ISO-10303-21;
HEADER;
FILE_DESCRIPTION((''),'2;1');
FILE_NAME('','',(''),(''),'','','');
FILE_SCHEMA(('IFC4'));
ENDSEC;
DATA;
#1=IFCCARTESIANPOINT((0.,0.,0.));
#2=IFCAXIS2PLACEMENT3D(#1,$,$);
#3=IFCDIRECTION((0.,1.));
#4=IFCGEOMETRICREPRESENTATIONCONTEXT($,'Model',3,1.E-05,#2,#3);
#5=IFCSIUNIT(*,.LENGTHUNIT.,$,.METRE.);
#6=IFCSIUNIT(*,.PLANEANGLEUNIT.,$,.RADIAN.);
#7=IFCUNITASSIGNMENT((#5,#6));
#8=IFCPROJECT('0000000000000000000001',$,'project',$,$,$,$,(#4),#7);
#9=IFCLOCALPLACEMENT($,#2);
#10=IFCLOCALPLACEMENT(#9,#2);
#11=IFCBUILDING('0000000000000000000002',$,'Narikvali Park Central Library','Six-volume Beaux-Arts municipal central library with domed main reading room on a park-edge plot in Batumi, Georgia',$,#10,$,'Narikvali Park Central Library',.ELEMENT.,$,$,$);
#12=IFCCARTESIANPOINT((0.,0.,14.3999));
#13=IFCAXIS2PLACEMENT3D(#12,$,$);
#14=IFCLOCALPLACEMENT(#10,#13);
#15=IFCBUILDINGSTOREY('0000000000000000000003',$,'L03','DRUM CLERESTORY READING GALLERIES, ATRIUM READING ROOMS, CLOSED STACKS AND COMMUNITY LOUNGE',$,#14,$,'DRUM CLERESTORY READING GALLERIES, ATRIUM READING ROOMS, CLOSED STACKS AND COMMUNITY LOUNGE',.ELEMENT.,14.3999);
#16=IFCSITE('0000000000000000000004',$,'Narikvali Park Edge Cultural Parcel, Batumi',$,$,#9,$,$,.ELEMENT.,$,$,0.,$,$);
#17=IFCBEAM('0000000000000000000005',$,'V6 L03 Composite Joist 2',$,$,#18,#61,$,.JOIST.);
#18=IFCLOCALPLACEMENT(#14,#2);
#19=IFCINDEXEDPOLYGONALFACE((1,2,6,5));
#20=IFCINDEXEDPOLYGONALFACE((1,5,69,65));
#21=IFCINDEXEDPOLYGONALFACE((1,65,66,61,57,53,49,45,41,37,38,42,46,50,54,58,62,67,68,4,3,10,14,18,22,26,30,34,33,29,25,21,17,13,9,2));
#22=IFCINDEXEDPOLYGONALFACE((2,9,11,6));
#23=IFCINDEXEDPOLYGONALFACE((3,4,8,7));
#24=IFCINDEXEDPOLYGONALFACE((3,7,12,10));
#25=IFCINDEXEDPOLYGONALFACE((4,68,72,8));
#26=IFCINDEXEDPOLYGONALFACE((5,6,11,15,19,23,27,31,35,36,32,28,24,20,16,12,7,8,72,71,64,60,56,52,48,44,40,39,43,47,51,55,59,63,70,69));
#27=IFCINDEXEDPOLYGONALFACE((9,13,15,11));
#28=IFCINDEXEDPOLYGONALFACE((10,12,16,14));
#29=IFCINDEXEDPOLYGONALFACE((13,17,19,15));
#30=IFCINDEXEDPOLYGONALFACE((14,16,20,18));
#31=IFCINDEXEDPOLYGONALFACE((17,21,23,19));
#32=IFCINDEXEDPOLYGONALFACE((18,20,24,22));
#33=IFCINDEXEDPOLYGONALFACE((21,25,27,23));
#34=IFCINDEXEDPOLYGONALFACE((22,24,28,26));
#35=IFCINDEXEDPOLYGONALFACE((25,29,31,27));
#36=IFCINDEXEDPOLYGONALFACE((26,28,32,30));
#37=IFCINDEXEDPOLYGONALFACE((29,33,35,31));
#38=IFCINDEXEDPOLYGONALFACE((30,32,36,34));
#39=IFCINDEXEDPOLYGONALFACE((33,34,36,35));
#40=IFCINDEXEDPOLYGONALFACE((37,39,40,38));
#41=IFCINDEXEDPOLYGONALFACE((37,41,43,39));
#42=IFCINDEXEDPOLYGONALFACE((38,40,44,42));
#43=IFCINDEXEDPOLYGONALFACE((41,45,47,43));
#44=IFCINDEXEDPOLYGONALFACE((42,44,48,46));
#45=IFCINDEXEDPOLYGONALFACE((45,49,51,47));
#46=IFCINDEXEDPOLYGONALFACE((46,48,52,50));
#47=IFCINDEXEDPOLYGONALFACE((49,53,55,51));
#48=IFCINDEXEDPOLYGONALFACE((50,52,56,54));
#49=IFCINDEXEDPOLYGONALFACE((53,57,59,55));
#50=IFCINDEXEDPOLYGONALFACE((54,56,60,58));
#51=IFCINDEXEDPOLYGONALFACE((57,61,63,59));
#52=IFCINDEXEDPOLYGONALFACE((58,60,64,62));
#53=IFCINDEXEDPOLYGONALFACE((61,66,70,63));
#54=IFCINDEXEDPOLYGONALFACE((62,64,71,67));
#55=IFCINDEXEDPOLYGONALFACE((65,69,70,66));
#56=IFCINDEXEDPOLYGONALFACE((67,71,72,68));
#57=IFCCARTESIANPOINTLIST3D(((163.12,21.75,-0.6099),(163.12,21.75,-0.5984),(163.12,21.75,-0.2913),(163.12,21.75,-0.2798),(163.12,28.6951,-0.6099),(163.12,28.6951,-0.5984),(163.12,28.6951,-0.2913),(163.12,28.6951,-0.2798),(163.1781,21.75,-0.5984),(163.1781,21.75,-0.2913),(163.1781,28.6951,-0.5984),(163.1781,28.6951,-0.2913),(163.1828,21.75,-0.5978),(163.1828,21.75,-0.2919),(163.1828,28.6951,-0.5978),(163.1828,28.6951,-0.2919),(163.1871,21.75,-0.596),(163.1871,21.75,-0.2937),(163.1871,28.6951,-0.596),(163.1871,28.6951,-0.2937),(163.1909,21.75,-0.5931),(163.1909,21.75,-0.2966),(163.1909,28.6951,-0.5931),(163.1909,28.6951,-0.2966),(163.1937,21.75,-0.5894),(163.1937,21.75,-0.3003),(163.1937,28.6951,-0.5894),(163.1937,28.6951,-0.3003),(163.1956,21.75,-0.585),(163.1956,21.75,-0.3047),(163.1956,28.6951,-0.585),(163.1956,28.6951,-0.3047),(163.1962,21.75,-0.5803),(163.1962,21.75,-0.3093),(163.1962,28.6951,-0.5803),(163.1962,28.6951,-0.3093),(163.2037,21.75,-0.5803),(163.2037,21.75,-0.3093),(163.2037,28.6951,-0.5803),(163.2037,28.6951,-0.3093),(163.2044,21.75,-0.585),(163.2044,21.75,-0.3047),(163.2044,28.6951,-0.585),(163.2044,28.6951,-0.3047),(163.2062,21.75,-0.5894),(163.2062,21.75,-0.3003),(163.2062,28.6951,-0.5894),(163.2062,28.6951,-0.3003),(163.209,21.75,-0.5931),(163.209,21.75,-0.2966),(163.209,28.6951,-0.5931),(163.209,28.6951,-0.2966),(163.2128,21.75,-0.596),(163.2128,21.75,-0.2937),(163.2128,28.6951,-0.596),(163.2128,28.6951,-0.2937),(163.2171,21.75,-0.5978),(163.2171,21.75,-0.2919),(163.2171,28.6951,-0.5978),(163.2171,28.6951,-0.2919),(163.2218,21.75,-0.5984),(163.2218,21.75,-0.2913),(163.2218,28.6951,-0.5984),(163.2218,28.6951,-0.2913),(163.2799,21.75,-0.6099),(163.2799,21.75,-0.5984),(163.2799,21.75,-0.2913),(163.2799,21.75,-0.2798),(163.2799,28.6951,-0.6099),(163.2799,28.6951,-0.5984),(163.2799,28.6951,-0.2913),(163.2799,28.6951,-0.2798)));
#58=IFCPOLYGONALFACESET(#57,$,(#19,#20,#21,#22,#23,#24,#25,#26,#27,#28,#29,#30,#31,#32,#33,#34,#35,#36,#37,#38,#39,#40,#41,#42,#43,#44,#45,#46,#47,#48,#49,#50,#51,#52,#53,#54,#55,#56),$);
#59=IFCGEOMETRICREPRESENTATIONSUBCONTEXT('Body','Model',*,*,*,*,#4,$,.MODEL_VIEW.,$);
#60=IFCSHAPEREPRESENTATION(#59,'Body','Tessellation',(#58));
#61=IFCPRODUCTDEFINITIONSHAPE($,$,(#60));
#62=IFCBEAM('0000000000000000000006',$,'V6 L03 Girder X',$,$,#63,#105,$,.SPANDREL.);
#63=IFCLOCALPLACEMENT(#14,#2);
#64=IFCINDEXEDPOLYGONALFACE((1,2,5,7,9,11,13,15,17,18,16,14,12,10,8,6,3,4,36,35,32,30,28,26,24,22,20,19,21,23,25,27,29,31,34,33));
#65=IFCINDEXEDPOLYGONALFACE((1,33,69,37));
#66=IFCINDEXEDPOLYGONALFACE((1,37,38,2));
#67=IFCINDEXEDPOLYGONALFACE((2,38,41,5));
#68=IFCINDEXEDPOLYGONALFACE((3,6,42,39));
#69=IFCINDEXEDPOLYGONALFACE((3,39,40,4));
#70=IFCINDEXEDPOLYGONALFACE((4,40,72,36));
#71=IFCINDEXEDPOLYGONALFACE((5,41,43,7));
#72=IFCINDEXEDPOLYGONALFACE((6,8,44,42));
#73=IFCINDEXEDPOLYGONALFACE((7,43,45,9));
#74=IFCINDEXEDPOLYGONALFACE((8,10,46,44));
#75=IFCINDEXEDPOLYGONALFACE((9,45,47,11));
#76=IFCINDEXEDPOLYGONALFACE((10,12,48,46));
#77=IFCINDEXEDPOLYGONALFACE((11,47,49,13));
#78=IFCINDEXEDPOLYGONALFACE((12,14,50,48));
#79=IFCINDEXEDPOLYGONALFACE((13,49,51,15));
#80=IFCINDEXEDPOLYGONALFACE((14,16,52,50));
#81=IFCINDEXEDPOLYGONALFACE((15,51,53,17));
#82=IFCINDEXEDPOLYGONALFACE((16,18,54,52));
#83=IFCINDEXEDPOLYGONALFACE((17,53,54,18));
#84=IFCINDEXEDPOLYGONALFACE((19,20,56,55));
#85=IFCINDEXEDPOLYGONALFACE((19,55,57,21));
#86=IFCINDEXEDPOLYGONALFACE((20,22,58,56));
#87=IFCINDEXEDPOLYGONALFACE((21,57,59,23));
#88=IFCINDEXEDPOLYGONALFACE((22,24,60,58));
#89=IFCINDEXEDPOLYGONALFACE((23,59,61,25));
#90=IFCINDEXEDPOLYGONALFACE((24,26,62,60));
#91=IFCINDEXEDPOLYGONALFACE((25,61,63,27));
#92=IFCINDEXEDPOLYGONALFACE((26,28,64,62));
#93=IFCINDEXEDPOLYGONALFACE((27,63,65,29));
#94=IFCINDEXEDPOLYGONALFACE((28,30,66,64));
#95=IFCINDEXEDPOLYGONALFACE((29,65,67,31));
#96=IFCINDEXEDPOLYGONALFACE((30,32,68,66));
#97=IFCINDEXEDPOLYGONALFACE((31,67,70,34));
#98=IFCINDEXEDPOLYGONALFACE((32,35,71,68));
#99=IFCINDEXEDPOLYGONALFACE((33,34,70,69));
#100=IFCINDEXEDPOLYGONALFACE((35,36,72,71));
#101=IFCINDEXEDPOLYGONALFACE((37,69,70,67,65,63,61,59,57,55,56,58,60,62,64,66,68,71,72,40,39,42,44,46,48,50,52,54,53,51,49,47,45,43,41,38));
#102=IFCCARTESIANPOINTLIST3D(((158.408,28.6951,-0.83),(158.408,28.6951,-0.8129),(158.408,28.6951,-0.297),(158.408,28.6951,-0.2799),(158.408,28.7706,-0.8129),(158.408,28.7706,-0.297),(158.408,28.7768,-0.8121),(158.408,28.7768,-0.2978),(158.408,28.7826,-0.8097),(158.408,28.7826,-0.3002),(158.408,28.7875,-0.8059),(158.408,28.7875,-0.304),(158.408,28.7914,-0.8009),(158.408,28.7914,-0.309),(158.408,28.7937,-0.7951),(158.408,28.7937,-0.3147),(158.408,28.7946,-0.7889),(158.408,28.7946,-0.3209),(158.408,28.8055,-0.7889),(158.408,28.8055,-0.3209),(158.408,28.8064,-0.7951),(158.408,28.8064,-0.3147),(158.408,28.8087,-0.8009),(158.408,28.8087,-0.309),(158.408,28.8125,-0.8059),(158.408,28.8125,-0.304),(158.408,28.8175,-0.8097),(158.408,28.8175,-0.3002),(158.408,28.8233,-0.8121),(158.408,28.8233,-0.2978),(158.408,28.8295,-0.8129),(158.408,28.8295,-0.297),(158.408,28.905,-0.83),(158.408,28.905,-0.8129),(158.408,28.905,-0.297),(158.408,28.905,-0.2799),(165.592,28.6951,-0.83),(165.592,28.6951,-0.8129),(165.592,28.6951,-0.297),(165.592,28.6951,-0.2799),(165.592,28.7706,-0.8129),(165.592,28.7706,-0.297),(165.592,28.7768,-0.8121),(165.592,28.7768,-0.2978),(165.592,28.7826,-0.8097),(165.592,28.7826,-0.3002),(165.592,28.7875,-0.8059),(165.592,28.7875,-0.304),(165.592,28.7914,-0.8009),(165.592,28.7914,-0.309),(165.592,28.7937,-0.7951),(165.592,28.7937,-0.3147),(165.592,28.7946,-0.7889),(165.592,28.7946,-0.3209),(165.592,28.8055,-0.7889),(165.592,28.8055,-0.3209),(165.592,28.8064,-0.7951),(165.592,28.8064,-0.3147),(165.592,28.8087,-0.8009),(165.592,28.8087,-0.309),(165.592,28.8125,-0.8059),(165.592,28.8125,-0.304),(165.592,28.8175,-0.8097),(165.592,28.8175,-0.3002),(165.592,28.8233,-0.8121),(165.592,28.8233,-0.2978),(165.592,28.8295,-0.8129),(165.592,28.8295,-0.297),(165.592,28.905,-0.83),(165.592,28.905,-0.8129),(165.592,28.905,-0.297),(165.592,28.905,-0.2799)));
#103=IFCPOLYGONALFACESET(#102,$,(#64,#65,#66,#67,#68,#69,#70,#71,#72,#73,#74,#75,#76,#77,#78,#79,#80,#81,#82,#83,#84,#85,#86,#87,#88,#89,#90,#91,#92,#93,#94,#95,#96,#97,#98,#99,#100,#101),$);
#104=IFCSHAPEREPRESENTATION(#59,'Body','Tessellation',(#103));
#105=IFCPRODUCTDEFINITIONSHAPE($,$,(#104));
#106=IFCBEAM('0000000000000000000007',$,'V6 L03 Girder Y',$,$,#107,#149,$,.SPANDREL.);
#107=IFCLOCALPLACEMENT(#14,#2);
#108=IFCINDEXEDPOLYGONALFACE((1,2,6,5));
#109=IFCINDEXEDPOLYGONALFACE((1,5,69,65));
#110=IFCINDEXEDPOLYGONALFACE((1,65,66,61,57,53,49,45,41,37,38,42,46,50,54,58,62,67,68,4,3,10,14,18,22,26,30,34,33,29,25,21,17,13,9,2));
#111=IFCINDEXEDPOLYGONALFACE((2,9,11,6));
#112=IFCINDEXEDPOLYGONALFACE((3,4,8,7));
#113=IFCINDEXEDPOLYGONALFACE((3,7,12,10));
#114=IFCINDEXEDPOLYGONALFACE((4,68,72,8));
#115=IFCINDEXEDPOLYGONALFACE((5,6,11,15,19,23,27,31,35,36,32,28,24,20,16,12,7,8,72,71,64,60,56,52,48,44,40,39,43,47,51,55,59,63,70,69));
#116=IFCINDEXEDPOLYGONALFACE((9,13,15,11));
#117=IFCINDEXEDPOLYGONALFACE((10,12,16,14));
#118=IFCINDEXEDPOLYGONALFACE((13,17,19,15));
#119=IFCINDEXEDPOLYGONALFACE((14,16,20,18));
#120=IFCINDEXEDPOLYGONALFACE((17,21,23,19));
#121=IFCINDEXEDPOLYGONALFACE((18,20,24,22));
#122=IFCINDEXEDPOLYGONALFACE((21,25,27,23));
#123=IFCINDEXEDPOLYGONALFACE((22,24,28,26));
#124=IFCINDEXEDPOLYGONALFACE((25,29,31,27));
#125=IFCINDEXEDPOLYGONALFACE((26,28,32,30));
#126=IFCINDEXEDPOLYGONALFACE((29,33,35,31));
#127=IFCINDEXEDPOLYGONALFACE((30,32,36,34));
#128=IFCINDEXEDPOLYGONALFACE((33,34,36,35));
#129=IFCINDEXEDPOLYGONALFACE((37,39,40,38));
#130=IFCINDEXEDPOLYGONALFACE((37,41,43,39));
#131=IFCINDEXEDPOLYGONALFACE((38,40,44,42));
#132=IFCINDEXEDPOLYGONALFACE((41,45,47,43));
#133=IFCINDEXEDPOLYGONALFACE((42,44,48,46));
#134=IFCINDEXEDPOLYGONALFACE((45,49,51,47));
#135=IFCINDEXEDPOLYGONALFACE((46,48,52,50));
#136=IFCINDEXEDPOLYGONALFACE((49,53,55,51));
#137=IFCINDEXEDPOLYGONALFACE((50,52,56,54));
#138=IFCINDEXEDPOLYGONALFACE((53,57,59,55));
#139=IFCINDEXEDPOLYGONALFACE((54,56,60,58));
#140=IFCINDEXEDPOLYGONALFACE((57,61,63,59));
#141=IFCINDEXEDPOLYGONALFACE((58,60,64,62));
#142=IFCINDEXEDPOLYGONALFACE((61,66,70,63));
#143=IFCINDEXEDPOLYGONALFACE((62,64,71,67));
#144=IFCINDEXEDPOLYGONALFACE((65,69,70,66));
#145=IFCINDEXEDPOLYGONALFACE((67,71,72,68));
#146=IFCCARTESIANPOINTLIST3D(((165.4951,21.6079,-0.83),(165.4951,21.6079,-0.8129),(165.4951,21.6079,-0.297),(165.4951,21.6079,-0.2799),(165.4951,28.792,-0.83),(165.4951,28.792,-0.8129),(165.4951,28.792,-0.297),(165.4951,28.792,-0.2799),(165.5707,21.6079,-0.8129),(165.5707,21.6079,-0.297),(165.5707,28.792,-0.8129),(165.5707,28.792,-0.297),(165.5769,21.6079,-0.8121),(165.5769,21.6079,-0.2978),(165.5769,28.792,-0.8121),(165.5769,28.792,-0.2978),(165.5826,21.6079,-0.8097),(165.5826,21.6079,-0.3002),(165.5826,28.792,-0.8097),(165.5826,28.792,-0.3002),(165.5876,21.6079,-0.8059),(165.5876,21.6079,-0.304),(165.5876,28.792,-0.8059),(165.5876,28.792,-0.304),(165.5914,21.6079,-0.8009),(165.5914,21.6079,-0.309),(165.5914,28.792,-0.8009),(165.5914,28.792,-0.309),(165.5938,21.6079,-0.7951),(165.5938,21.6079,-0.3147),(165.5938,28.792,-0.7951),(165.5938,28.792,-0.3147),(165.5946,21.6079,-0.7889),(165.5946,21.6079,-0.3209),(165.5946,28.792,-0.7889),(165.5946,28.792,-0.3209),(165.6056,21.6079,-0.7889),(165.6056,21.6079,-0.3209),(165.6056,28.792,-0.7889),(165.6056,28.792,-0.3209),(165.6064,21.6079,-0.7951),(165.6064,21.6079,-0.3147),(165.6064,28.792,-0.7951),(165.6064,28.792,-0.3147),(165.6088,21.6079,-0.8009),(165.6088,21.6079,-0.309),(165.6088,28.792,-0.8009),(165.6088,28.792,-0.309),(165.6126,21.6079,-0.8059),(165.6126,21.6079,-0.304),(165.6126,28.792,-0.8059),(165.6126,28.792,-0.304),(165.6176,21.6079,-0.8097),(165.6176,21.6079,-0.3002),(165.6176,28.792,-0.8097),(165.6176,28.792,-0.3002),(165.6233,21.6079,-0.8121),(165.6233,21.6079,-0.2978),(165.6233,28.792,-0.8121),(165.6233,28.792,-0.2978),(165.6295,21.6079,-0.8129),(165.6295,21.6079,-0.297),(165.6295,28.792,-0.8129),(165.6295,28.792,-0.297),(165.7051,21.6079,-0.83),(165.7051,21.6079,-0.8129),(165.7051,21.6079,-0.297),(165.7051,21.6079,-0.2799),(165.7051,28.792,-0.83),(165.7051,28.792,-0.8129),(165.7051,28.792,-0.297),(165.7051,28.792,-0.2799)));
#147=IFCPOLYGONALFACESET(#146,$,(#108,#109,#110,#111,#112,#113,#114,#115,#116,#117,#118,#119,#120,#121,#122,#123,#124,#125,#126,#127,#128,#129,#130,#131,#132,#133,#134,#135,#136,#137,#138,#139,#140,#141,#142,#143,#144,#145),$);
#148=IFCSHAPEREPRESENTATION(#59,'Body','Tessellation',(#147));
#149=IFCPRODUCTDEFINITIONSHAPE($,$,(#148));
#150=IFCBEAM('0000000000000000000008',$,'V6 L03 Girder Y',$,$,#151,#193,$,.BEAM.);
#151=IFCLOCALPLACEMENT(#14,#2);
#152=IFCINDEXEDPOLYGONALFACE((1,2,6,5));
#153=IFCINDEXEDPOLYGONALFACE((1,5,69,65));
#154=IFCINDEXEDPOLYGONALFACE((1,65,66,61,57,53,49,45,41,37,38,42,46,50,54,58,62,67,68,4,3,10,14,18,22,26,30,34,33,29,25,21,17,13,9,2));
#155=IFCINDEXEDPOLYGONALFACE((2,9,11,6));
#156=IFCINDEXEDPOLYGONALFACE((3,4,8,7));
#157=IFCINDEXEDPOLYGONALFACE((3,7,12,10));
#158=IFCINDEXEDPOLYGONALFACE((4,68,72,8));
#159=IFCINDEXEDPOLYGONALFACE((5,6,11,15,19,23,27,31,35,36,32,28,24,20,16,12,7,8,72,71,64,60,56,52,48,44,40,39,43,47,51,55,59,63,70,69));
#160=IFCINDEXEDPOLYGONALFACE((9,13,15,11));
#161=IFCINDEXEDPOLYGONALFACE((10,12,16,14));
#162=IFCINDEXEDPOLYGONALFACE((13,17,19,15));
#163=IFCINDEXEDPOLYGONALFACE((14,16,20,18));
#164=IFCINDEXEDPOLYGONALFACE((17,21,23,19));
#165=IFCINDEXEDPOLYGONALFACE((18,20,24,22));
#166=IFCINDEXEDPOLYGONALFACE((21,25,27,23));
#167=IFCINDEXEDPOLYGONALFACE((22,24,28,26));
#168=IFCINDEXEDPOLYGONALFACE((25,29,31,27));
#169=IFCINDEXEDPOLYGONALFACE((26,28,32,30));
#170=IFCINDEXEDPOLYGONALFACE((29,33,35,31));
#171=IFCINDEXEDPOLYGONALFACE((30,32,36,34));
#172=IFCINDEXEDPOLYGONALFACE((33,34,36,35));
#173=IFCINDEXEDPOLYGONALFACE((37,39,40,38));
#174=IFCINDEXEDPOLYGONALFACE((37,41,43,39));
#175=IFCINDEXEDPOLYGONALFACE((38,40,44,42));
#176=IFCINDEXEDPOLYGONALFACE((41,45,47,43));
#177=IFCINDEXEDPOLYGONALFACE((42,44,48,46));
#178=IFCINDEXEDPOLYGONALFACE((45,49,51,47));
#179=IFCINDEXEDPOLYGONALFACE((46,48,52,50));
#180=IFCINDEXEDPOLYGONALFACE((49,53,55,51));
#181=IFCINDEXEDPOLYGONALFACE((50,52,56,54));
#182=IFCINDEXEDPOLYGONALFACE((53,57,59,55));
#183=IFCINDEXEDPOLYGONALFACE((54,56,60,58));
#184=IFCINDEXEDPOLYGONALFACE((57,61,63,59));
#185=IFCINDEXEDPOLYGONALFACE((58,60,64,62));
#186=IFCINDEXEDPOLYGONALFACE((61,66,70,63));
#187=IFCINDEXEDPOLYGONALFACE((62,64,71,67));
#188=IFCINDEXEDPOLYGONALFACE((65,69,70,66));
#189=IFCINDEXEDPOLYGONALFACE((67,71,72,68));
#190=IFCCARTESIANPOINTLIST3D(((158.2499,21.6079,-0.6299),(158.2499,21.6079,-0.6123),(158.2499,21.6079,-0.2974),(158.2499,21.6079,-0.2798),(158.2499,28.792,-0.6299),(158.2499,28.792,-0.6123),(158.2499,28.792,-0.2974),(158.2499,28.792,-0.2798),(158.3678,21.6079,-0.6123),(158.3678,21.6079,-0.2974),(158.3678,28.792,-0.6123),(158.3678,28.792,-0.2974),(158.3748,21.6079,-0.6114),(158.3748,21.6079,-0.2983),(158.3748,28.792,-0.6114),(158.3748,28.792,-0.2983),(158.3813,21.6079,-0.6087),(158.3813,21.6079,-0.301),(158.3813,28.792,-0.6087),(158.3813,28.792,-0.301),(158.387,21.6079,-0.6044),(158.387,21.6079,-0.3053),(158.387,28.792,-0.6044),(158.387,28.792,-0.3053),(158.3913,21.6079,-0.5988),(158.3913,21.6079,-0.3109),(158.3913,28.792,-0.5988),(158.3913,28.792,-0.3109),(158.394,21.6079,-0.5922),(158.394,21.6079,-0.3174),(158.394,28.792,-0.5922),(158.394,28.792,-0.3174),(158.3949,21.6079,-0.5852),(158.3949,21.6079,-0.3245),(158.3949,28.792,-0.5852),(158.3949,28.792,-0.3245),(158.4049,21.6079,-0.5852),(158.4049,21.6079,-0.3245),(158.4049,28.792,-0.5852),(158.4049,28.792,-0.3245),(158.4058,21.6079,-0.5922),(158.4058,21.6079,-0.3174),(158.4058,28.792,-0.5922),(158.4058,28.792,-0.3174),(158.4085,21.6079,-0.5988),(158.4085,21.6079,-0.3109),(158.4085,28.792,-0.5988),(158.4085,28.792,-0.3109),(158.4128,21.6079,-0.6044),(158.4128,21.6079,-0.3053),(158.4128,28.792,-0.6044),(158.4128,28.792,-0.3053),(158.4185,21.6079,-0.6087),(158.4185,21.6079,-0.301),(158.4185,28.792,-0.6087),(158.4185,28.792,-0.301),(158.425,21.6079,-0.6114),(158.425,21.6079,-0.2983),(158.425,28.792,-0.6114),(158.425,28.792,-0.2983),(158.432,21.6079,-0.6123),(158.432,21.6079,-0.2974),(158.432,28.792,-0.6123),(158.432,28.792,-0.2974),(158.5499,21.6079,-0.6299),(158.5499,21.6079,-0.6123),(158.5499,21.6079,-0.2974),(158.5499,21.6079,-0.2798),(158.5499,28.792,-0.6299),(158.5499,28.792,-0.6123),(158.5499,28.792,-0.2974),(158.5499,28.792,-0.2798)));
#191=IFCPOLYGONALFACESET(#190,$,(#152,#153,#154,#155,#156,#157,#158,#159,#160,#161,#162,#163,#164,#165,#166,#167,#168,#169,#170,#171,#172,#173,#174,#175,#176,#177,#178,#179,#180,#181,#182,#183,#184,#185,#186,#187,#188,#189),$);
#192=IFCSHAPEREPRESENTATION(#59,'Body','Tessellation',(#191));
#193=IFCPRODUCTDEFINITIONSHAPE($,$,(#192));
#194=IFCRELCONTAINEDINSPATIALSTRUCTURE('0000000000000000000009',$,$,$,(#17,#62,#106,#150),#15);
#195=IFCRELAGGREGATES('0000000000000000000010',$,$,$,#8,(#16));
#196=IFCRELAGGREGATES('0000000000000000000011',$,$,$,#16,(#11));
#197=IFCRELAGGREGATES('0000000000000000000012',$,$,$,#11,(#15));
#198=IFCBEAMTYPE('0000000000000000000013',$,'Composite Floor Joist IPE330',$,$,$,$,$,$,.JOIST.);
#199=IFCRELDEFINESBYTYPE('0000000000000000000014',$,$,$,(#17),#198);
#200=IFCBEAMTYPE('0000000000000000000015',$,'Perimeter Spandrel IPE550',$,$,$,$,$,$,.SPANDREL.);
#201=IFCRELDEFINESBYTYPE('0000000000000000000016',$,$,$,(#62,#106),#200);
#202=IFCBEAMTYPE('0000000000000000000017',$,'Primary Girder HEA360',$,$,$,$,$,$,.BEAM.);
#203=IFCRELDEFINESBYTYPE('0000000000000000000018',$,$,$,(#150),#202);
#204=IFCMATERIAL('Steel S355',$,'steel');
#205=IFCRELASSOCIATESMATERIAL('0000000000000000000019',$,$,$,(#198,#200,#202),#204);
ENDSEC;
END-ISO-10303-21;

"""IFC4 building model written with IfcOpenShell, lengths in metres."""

from ifc_helpers import new_model, si_unit, direction, frame, origin, origin_2d, place, context, subcontext, project, spatial, i_section, extrude, material, material_profile, profile_set, type_object, element, save


model = new_model("IFC4")

# Units and contexts
model_context = context("Model", 3, precision=1e-05, world=origin(), true_north=direction((0.0, 1.0)))
body_context = subcontext(model_context, "Body", "Model", "MODEL_VIEW")
ifc_project = project(units=[si_unit("LENGTHUNIT", "METRE"), si_unit("PLANEANGLEUNIT", "RADIAN")], contexts=[model_context])

# Site, building, storey
site_placement = place(None, origin())
site = spatial("IfcSite", under=ifc_project, at=site_placement, Name="Narikvali Park Edge Cultural Parcel, Batumi", CompositionType="ELEMENT", RefElevation=0.0)
building_placement = place(site_placement, origin())
building = spatial("IfcBuilding", under=site, at=building_placement, Name="Narikvali Park Central Library", Description="Six-volume Beaux-Arts municipal central library with domed main reading room on a park-edge plot in Batumi, Georgia", LongName="Narikvali Park Central Library", CompositionType="ELEMENT")
storey_placement = place(building_placement, frame((0.0, 0.0, 14.3999)))
storey = spatial("IfcBuildingStorey", under=building, at=storey_placement, Name="L03", Description="DRUM CLERESTORY READING GALLERIES, ATRIUM READING ROOMS, CLOSED STACKS AND COMMUNITY LOUNGE", LongName="DRUM CLERESTORY READING GALLERIES, ATRIUM READING ROOMS, CLOSED STACKS AND COMMUNITY LOUNGE", CompositionType="ELEMENT", Elevation=14.3999)

# Shared definitions
ifc_material_1 = material(Name="Steel S355", Category="steel")

# Beams
ifc_material_profile_1 = material_profile(ifc_material_1, i_section(OverallWidth=0.1599, OverallDepth=0.3301, WebThickness=0.0076, FlangeThickness=0.0115, FilletRadius=0.0181, at=origin_2d()), Name="IPE 330")
ifc_profile_set_1 = profile_set([ifc_material_profile_1], Name="Steel S355")
beam_type_1 = type_object("IfcBeamType", Name="Composite Floor Joist IPE330", PredefinedType="JOIST", material=ifc_profile_set_1)
for number, where, z_axis, x_axis, name in (
    (1, (163.2, 21.75, -0.4448), (0.0, 1.0, 0.0), (-1.0, 0.0, 0.0), "V6 L03 Composite Joist 2"),
):
    element("IfcBeam", number, at=place(storey_placement, frame(where, z_axis=z_axis, x_axis=x_axis)), inside=storey, type_object=beam_type_1, Name=name, PredefinedType="JOIST", context=body_context, shape_type="SweptSolid", body=[
        extrude(i_section(OverallWidth=0.1599, OverallDepth=0.3301, WebThickness=0.0076, FlangeThickness=0.0115, FilletRadius=0.0181, at=origin_2d()), origin(), (0.0, 0.0, 1.0), 6.9451),
    ])
ifc_material_profile_2 = material_profile(ifc_material_1, i_section(OverallWidth=0.21, OverallDepth=0.55, WebThickness=0.011, FlangeThickness=0.0171, FilletRadius=0.0239, at=origin_2d()), Name="IPE 550")
ifc_profile_set_2 = profile_set([ifc_material_profile_2], Name="Steel S355")
beam_type_2 = type_object("IfcBeamType", Name="Perimeter Spandrel IPE550", PredefinedType="SPANDREL", material=ifc_profile_set_2)
for number, where, z_axis, x_axis, name in (
    (2, (158.408, 28.8, -0.5549), (1.0, 0.0, 0.0), (0.0, 1.0, 0.0), "V6 L03 Girder X"),
    (3, (165.6001, 21.6079, -0.5549), (0.0, 1.0, 0.0), (-1.0, 0.0, 0.0), "V6 L03 Girder Y"),
):
    element("IfcBeam", number, at=place(storey_placement, frame(where, z_axis=z_axis, x_axis=x_axis)), inside=storey, type_object=beam_type_2, Name=name, PredefinedType="SPANDREL", context=body_context, shape_type="SweptSolid", body=[
        extrude(i_section(OverallWidth=0.21, OverallDepth=0.55, WebThickness=0.011, FlangeThickness=0.0171, FilletRadius=0.0239, at=origin_2d()), origin(), (0.0, 0.0, 1.0), 7.1841),
    ])
ifc_material_profile_3 = material_profile(ifc_material_1, i_section(OverallWidth=0.3, OverallDepth=0.3501, WebThickness=0.01, FlangeThickness=0.0176, FilletRadius=0.0271, at=origin_2d()), Name="HEA 360")
ifc_profile_set_3 = profile_set([ifc_material_profile_3], Name="Steel S355")
beam_type_3 = type_object("IfcBeamType", Name="Primary Girder HEA360", PredefinedType="BEAM", material=ifc_profile_set_3)
beam_placement = place(storey_placement, frame((158.3999, 21.6079, -0.4548), z_axis=(0.0, 1.0, 0.0), x_axis=(-1.0, 0.0, 0.0)))
element("IfcBeam", 4, at=beam_placement, inside=storey, type_object=beam_type_3, Name="V6 L03 Girder Y", PredefinedType="BEAM", context=body_context, shape_type="SweptSolid", body=[
    extrude(i_section(OverallWidth=0.3, OverallDepth=0.3501, WebThickness=0.01, FlangeThickness=0.0176, FilletRadius=0.0271, at=origin_2d()), origin(), (0.0, 0.0, 1.0), 7.1841),
])

save(model, "model.ifc")
